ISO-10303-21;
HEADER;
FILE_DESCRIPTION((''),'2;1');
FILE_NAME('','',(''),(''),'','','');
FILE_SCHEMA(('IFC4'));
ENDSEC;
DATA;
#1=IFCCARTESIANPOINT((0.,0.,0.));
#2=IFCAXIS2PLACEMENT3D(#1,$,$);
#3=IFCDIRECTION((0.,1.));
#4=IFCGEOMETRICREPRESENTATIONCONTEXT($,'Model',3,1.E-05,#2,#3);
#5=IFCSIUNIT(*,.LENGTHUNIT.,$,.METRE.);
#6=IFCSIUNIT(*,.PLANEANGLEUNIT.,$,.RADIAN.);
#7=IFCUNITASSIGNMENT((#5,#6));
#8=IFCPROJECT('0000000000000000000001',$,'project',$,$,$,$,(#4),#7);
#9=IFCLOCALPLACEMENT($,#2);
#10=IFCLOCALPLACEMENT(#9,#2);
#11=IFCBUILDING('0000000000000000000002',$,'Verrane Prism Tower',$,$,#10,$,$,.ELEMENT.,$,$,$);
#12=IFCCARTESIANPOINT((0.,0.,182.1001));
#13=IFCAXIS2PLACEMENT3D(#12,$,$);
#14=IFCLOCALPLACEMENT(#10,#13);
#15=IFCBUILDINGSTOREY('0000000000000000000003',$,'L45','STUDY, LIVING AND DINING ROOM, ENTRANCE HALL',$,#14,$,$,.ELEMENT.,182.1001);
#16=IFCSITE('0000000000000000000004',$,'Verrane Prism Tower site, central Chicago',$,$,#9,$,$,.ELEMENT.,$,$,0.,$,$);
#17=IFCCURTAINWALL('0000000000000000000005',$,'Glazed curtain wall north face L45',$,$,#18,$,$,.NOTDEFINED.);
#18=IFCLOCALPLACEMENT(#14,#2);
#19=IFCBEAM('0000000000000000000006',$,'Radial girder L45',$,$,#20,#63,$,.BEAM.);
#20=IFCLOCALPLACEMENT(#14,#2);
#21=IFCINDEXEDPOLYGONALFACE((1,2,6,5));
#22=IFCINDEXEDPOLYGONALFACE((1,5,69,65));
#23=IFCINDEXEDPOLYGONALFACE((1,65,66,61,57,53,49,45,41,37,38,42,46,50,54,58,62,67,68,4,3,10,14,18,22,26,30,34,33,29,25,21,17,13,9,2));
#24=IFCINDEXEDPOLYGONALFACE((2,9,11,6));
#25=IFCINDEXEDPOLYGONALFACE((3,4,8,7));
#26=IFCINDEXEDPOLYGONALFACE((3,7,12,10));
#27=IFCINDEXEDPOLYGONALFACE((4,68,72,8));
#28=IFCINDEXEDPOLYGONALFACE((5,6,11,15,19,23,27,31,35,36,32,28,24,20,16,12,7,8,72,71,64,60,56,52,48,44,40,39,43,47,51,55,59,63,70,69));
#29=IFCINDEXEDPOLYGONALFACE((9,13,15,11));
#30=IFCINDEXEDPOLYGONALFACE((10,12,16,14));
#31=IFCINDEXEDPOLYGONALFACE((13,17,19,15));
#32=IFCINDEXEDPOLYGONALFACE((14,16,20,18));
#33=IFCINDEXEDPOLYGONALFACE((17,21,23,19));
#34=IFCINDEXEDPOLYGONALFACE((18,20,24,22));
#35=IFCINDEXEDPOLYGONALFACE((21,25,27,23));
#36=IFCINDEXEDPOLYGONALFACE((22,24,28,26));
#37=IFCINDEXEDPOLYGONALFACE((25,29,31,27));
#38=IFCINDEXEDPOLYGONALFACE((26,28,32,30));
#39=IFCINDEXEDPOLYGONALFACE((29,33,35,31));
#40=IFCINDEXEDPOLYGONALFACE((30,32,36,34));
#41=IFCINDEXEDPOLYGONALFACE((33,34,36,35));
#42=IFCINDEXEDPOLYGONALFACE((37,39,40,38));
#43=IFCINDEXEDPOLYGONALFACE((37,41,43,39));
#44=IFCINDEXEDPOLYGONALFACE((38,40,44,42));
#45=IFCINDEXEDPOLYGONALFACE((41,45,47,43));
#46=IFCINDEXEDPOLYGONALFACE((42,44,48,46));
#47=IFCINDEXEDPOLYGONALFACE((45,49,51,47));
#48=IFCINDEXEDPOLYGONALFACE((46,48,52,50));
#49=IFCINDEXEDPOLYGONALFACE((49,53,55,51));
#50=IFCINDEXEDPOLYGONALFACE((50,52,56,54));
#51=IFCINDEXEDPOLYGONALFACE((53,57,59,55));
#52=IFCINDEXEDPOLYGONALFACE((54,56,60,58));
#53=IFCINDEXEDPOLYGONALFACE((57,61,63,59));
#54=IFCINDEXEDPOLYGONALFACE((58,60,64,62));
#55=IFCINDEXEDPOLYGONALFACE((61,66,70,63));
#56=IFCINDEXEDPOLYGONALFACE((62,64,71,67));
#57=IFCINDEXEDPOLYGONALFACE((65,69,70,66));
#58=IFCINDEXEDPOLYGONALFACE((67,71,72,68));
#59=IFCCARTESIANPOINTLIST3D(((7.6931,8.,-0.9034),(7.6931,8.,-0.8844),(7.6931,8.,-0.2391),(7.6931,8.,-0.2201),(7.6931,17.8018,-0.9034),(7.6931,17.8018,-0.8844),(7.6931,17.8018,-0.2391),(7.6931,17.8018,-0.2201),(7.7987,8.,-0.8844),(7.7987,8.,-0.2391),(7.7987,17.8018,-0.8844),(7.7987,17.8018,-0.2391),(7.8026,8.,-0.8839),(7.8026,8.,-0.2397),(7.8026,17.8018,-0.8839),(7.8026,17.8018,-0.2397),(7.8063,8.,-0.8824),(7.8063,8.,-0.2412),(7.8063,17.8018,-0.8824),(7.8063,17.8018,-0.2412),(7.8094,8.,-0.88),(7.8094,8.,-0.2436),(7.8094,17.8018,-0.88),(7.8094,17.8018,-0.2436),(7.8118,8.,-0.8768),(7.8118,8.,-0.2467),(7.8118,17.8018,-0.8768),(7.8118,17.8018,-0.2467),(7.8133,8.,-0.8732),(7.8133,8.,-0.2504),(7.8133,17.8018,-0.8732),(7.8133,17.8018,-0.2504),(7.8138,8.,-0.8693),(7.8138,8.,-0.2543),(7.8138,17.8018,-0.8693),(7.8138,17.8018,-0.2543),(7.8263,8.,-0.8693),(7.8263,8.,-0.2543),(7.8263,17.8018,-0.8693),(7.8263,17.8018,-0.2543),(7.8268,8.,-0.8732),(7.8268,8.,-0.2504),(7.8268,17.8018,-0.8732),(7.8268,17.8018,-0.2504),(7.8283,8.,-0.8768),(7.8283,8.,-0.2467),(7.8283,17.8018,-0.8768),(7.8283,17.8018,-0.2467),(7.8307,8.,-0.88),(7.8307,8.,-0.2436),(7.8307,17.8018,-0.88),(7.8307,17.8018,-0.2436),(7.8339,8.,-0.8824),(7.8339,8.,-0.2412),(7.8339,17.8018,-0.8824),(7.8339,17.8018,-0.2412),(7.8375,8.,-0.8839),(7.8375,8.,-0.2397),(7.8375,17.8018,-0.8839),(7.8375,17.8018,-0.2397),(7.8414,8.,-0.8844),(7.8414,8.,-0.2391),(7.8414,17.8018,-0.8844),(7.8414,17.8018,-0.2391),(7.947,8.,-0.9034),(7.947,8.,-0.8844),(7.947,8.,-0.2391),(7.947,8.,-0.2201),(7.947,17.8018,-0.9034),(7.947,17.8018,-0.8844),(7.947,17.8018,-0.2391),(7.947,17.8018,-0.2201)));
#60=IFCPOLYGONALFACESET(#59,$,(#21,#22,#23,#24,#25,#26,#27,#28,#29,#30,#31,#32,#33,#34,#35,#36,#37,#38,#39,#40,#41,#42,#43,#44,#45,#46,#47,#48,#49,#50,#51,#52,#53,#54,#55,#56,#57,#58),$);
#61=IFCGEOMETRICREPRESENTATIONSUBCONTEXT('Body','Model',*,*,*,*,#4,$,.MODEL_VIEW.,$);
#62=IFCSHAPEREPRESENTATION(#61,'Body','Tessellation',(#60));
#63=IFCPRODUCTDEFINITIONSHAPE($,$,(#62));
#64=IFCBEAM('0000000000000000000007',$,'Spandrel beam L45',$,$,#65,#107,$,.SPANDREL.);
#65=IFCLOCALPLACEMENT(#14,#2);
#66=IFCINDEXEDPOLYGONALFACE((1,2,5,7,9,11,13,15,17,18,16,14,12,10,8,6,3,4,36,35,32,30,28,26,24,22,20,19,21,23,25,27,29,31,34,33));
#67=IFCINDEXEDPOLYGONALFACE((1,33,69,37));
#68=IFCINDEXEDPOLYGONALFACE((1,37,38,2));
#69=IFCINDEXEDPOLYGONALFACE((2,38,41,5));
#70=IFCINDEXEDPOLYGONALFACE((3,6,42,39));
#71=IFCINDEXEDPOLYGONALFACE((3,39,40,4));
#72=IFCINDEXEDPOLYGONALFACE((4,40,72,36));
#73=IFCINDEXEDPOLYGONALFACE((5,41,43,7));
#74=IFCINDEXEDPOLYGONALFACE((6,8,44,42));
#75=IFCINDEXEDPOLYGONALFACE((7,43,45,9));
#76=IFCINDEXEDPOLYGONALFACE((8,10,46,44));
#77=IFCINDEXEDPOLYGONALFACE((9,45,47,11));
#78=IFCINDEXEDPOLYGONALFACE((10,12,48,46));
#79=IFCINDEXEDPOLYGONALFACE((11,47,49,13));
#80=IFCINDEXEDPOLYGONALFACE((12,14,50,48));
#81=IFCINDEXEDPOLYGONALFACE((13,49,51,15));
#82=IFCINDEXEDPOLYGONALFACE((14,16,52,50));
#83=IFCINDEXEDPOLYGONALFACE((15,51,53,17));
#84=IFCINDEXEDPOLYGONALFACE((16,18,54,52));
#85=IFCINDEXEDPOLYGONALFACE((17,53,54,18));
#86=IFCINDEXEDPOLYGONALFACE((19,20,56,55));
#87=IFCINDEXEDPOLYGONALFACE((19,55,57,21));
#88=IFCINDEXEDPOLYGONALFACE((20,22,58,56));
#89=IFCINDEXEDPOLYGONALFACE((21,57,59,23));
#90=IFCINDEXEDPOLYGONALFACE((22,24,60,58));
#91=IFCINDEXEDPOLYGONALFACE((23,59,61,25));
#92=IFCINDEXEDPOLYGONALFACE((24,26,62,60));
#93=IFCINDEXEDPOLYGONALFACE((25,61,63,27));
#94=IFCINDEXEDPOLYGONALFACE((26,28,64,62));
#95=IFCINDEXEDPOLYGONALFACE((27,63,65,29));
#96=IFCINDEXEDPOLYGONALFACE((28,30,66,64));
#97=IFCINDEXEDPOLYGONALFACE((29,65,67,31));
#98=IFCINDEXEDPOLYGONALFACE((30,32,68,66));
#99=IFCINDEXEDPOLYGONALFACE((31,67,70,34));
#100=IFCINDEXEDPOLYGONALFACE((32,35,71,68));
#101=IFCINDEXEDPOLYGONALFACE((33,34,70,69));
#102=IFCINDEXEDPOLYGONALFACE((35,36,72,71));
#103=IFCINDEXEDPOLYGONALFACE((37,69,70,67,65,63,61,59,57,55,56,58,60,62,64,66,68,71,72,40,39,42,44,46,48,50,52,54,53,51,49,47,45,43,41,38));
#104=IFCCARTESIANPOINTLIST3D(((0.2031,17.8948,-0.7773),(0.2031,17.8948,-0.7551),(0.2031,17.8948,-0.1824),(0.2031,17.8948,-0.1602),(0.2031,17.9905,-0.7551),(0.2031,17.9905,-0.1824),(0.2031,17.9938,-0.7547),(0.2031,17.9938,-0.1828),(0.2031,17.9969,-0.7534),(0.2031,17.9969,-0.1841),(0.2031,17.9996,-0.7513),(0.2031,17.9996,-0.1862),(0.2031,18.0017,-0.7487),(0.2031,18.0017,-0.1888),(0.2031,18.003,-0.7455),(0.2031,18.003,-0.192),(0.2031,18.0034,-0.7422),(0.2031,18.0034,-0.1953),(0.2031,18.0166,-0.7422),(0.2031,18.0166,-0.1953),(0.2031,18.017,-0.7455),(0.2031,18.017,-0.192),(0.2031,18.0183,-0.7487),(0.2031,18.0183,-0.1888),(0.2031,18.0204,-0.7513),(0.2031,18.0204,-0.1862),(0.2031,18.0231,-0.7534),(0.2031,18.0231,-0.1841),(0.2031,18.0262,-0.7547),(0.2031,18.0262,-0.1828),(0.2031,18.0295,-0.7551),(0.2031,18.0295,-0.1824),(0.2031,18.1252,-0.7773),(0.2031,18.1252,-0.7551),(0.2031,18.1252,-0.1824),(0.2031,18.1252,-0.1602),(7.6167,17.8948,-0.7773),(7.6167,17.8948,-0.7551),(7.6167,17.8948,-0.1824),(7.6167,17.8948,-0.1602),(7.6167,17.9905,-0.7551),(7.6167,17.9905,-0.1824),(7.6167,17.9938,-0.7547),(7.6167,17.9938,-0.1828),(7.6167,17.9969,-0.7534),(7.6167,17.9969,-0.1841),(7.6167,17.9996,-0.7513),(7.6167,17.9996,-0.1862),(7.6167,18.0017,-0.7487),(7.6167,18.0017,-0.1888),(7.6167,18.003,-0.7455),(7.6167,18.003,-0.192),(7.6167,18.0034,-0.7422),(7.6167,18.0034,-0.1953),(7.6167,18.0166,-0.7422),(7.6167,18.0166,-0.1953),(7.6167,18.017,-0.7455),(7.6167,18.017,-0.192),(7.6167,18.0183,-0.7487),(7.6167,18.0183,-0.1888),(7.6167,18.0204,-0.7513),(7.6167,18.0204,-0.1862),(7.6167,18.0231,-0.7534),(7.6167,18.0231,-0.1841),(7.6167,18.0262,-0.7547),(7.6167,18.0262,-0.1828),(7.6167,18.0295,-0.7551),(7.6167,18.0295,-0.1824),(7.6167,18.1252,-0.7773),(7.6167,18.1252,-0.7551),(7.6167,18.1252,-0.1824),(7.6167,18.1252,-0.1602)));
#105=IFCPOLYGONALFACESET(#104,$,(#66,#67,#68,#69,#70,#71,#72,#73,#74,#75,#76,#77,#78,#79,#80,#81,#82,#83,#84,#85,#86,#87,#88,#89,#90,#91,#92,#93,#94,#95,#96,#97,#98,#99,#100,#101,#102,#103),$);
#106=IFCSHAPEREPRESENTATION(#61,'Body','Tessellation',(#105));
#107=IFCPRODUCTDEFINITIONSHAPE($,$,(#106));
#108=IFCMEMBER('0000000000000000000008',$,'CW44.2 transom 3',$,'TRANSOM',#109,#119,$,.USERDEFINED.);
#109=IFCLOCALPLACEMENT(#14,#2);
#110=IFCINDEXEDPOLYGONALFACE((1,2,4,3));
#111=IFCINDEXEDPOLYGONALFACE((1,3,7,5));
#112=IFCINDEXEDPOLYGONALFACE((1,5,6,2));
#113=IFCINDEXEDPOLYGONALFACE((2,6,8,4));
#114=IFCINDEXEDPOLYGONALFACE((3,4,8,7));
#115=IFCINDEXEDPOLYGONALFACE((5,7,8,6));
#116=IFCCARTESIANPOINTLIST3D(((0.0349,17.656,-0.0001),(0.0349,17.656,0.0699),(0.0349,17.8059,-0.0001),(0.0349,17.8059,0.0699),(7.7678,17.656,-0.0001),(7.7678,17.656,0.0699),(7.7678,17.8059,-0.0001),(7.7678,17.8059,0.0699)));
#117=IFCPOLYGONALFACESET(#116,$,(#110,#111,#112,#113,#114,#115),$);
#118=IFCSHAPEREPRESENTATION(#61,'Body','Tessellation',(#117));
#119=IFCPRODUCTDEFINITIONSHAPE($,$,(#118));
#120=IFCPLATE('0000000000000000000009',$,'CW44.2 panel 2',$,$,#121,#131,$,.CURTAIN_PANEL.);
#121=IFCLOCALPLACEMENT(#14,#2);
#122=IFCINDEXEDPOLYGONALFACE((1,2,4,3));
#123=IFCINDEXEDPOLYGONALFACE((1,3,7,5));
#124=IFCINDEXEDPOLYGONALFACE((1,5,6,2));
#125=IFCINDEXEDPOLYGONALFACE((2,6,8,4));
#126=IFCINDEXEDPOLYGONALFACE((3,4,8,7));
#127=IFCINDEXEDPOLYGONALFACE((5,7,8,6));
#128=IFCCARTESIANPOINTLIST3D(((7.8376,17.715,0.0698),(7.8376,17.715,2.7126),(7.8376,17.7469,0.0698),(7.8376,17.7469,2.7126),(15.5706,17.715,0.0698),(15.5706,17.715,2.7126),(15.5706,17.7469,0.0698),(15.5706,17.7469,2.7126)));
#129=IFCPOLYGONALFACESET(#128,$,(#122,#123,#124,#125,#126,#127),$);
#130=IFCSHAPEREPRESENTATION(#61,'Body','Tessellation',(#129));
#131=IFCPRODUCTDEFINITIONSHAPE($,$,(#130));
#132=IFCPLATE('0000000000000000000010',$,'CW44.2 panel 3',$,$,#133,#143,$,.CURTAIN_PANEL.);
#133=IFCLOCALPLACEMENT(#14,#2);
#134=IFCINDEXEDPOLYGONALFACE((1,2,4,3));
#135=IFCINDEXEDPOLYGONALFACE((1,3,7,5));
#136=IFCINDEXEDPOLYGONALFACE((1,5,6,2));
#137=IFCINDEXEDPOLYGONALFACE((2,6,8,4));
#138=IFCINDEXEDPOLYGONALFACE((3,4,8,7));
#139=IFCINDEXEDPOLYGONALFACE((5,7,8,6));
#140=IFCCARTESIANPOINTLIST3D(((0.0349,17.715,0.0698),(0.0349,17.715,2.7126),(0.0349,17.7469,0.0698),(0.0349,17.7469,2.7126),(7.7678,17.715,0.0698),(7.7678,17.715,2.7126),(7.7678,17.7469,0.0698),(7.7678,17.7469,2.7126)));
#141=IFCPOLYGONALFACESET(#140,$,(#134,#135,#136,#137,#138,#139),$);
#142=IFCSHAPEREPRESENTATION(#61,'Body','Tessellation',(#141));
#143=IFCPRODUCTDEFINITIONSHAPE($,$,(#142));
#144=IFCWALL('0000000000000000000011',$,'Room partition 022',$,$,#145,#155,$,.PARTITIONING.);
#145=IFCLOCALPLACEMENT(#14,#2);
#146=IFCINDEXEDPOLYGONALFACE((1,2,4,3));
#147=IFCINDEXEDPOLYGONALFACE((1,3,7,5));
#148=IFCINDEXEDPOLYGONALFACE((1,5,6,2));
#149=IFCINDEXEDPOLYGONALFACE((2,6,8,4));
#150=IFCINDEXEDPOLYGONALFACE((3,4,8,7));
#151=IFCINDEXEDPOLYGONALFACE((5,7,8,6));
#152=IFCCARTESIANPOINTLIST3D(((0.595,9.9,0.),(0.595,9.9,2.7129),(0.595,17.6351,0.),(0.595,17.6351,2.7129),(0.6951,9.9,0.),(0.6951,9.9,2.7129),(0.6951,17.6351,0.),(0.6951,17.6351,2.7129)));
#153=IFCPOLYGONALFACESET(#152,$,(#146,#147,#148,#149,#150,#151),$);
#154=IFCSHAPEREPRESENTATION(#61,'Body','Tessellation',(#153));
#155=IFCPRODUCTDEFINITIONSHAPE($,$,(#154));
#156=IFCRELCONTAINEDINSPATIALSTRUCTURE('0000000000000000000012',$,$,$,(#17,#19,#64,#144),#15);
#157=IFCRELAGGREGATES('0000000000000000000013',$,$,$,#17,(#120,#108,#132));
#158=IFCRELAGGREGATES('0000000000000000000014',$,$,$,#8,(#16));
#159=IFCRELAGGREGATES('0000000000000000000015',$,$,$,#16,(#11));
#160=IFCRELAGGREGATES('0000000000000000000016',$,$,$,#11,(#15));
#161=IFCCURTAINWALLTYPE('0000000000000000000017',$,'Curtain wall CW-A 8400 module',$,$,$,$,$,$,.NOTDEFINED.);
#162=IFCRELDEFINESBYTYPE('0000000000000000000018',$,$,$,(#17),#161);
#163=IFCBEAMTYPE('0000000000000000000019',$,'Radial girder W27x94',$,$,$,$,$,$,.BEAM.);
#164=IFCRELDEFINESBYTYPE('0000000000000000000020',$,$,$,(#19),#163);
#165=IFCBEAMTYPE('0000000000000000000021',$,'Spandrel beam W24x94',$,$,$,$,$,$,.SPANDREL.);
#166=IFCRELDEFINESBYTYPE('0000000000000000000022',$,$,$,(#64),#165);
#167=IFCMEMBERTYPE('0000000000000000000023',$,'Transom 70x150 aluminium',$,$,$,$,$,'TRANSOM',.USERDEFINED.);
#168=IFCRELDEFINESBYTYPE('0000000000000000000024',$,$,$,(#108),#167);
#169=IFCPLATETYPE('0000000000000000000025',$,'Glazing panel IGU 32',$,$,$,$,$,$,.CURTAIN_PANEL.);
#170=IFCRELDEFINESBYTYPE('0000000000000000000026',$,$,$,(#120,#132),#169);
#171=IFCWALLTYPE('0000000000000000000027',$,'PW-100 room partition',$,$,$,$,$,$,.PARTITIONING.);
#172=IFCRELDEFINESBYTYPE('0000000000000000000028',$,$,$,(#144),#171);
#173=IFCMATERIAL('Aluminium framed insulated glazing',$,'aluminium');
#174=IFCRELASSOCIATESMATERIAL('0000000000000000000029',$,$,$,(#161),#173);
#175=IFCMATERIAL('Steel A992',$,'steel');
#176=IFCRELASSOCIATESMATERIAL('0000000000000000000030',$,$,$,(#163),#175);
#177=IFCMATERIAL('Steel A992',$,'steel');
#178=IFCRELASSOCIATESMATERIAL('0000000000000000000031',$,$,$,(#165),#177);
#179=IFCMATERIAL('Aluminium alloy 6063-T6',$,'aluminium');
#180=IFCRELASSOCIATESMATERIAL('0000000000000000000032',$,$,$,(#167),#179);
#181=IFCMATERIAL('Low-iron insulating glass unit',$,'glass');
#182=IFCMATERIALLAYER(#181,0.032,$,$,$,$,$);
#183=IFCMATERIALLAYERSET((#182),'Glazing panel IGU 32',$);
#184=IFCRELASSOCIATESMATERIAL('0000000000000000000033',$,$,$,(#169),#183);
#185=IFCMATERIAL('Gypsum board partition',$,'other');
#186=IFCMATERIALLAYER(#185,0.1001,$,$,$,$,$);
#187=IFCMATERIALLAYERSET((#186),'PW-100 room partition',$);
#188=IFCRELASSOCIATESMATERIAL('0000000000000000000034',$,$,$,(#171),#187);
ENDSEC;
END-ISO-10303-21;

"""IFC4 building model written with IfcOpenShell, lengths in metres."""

from ifc_helpers import new_model, si_unit, direction, frame, frame_2d, origin, origin_2d, place, context, subcontext, project, spatial, rectangle, i_section, extrude, material, layer, layer_set, material_profile, profile_set, type_object, element, aggregate, save


model = new_model("IFC4")

# Units and contexts
model_context = context("Model", 3, precision=1e-05, world=origin(), true_north=direction((0.0, 1.0)))
body_context = subcontext(model_context, "Body", "Model", "MODEL_VIEW")
ifc_project = project(units=[si_unit("LENGTHUNIT", "METRE"), si_unit("PLANEANGLEUNIT", "RADIAN")], contexts=[model_context])

# Site, building, storey
site_placement = place(None, origin())
site = spatial("IfcSite", under=ifc_project, at=site_placement, Name="Verrane Prism Tower site, central Chicago", CompositionType="ELEMENT", RefElevation=0.0)
building_placement = place(site_placement, origin())
building = spatial("IfcBuilding", under=site, at=building_placement, Name="Verrane Prism Tower", CompositionType="ELEMENT")
storey_placement = place(building_placement, frame((0.0, 0.0, 182.1001)))
storey = spatial("IfcBuildingStorey", under=building, at=storey_placement, Name="L45", Description="STUDY, LIVING AND DINING ROOM, ENTRANCE HALL", CompositionType="ELEMENT", Elevation=182.1001)

# Curtain wall
ifc_material_1 = material(Name="Aluminium framed insulated glazing", Category="aluminium")
curtain_wall_type = type_object("IfcCurtainWallType", Name="Curtain wall CW-A 8400 module", PredefinedType="NOTDEFINED", material=ifc_material_1)
curtain_wall_placement = place(storey_placement, origin())
curtain_wall = element("IfcCurtainWall", 1, at=curtain_wall_placement, inside=storey, type_object=curtain_wall_type, Name="Glazed curtain wall north face L45", PredefinedType="NOTDEFINED")

# Beams
ifc_material_2 = material(Name="Steel A992", Category="steel")
ifc_material_profile_1 = material_profile(ifc_material_2, i_section(OverallWidth=0.2539, OverallDepth=0.6833, WebThickness=0.0125, FlangeThickness=0.019, FilletRadius=0.0151, at=origin_2d()), Name="W27x94")
ifc_profile_set_1 = profile_set([ifc_material_profile_1], Name="Steel A992")
beam_type_1 = type_object("IfcBeamType", Name="Radial girder W27x94", PredefinedType="BEAM", material=ifc_profile_set_1)
beam_1_placement = place(storey_placement, frame((7.8201, 17.8018, -0.5618), z_axis=(0.0, -1.0, 0.0), x_axis=(1.0, 0.0, 0.0)))
element("IfcBeam", 2, at=beam_1_placement, inside=storey, type_object=beam_type_1, Name="Radial girder L45", PredefinedType="BEAM", context=body_context, shape_type="SweptSolid", body=[
    extrude(i_section(OverallWidth=0.2539, OverallDepth=0.6833, WebThickness=0.0125, FlangeThickness=0.019, FilletRadius=0.0151, at=origin_2d()), origin(), (0.0, 0.0, 1.0), 9.8018),
])
ifc_material_3 = material(Name="Steel A992", Category="steel")
ifc_material_profile_2 = material_profile(ifc_material_3, i_section(OverallWidth=0.2305, OverallDepth=0.6172, WebThickness=0.0132, FlangeThickness=0.0222, FilletRadius=0.0129, at=origin_2d()), Name="W24x94")
ifc_profile_set_2 = profile_set([ifc_material_profile_2], Name="Steel A992")
beam_type_2 = type_object("IfcBeamType", Name="Spandrel beam W24x94", PredefinedType="SPANDREL", material=ifc_profile_set_2)
beam_2_placement = place(storey_placement, frame((7.6167, 18.01, -0.4688), z_axis=(-1.0, 0.0, 0.0), x_axis=(0.0, -1.0, 0.0)))
element("IfcBeam", 3, at=beam_2_placement, inside=storey, type_object=beam_type_2, Name="Spandrel beam L45", PredefinedType="SPANDREL", context=body_context, shape_type="SweptSolid", body=[
    extrude(i_section(OverallWidth=0.2305, OverallDepth=0.6172, WebThickness=0.0132, FlangeThickness=0.0222, FilletRadius=0.0129, at=origin_2d()), origin(), (0.0, 0.0, 1.0), 7.4136),
])

# Member
ifc_material_4 = material(Name="Aluminium alloy 6063-T6", Category="aluminium")
ifc_material_profile_3 = material_profile(ifc_material_4, rectangle(XDim=0.1499, YDim=0.0701, at=origin_2d()), Name="Transom 70x150 aluminium")
ifc_profile_set_3 = profile_set([ifc_material_profile_3], Name="Aluminium alloy 6063-T6")
member_type_1 = type_object("IfcMemberType", Name="Transom 70x150 aluminium", ElementType="TRANSOM", PredefinedType="USERDEFINED", material=ifc_profile_set_3)
member_1_placement = place(storey_placement, frame((7.7678, 17.731, 0.0349), z_axis=(-1.0, 0.0, 0.0), x_axis=(0.0, -1.0, 0.0)))
member_1 = element("IfcMember", 4, at=member_1_placement, type_object=member_type_1, Name="CW44.2 transom 3", ObjectType="TRANSOM", PredefinedType="USERDEFINED", context=body_context, shape_type="SweptSolid", body=[
    extrude(rectangle(XDim=0.1499, YDim=0.0701, at=origin_2d()), origin(), (0.0, 0.0, 1.0), 7.7329),
])

# Plates
ifc_material_5 = material(Name="Low-iron insulating glass unit", Category="glass")
ifc_layer_1 = layer(ifc_material_5, 0.032)
ifc_layer_set_1 = layer_set([ifc_layer_1], Name="Glazing panel IGU 32")
plate_type = type_object("IfcPlateType", Name="Glazing panel IGU 32", PredefinedType="CURTAIN_PANEL", material=ifc_layer_set_1)
plate_1_placement = place(storey_placement, frame((11.7041, 17.731, 0.0698), z_axis=(0.0, 0.0, 1.0), x_axis=(-1.0, 0.0, 0.0)))
plate_1 = element("IfcPlate", 5, at=plate_1_placement, type_object=plate_type, Name="CW44.2 panel 2", PredefinedType="CURTAIN_PANEL", context=body_context, shape_type="SweptSolid", body=[
    extrude(rectangle(XDim=7.7329, YDim=0.032, at=origin_2d()), origin(), (0.0, 0.0, 1.0), 2.6428),
])
plate_2_placement = place(storey_placement, frame((3.9014, 17.731, 0.0698), z_axis=(0.0, 0.0, 1.0), x_axis=(-1.0, 0.0, 0.0)))
plate_2 = element("IfcPlate", 6, at=plate_2_placement, type_object=plate_type, Name="CW44.2 panel 3", PredefinedType="CURTAIN_PANEL", context=body_context, shape_type="SweptSolid", body=[
    extrude(rectangle(XDim=7.7329, YDim=0.032, at=origin_2d()), origin(), (0.0, 0.0, 1.0), 2.6428),
])
aggregate(curtain_wall, [plate_1, member_1, plate_2])

# Wall
ifc_material_6 = material(Name="Gypsum board partition", Category="other")
ifc_layer_2 = layer(ifc_material_6, 0.1001)
ifc_layer_set_2 = layer_set([ifc_layer_2], Name="PW-100 room partition")
wall_type_1 = type_object("IfcWallType", Name="PW-100 room partition", PredefinedType="PARTITIONING", material=ifc_layer_set_2)
wall_1_placement = place(storey_placement, frame((0.645, 9.8999, 0.0), z_axis=(0.0, 0.0, 1.0), x_axis=(0.0, 1.0, 0.0)))
element("IfcWall", 7, at=wall_1_placement, inside=storey, type_object=wall_type_1, Name="Room partition 022", PredefinedType="PARTITIONING", context=body_context, shape_type="SweptSolid", body=[
    extrude(rectangle(XDim=7.7351, YDim=0.1001, at=frame_2d((3.8677, 0.0))), origin(), (0.0, 0.0, 1.0), 2.7129),
])

save(model, "model.ifc")
